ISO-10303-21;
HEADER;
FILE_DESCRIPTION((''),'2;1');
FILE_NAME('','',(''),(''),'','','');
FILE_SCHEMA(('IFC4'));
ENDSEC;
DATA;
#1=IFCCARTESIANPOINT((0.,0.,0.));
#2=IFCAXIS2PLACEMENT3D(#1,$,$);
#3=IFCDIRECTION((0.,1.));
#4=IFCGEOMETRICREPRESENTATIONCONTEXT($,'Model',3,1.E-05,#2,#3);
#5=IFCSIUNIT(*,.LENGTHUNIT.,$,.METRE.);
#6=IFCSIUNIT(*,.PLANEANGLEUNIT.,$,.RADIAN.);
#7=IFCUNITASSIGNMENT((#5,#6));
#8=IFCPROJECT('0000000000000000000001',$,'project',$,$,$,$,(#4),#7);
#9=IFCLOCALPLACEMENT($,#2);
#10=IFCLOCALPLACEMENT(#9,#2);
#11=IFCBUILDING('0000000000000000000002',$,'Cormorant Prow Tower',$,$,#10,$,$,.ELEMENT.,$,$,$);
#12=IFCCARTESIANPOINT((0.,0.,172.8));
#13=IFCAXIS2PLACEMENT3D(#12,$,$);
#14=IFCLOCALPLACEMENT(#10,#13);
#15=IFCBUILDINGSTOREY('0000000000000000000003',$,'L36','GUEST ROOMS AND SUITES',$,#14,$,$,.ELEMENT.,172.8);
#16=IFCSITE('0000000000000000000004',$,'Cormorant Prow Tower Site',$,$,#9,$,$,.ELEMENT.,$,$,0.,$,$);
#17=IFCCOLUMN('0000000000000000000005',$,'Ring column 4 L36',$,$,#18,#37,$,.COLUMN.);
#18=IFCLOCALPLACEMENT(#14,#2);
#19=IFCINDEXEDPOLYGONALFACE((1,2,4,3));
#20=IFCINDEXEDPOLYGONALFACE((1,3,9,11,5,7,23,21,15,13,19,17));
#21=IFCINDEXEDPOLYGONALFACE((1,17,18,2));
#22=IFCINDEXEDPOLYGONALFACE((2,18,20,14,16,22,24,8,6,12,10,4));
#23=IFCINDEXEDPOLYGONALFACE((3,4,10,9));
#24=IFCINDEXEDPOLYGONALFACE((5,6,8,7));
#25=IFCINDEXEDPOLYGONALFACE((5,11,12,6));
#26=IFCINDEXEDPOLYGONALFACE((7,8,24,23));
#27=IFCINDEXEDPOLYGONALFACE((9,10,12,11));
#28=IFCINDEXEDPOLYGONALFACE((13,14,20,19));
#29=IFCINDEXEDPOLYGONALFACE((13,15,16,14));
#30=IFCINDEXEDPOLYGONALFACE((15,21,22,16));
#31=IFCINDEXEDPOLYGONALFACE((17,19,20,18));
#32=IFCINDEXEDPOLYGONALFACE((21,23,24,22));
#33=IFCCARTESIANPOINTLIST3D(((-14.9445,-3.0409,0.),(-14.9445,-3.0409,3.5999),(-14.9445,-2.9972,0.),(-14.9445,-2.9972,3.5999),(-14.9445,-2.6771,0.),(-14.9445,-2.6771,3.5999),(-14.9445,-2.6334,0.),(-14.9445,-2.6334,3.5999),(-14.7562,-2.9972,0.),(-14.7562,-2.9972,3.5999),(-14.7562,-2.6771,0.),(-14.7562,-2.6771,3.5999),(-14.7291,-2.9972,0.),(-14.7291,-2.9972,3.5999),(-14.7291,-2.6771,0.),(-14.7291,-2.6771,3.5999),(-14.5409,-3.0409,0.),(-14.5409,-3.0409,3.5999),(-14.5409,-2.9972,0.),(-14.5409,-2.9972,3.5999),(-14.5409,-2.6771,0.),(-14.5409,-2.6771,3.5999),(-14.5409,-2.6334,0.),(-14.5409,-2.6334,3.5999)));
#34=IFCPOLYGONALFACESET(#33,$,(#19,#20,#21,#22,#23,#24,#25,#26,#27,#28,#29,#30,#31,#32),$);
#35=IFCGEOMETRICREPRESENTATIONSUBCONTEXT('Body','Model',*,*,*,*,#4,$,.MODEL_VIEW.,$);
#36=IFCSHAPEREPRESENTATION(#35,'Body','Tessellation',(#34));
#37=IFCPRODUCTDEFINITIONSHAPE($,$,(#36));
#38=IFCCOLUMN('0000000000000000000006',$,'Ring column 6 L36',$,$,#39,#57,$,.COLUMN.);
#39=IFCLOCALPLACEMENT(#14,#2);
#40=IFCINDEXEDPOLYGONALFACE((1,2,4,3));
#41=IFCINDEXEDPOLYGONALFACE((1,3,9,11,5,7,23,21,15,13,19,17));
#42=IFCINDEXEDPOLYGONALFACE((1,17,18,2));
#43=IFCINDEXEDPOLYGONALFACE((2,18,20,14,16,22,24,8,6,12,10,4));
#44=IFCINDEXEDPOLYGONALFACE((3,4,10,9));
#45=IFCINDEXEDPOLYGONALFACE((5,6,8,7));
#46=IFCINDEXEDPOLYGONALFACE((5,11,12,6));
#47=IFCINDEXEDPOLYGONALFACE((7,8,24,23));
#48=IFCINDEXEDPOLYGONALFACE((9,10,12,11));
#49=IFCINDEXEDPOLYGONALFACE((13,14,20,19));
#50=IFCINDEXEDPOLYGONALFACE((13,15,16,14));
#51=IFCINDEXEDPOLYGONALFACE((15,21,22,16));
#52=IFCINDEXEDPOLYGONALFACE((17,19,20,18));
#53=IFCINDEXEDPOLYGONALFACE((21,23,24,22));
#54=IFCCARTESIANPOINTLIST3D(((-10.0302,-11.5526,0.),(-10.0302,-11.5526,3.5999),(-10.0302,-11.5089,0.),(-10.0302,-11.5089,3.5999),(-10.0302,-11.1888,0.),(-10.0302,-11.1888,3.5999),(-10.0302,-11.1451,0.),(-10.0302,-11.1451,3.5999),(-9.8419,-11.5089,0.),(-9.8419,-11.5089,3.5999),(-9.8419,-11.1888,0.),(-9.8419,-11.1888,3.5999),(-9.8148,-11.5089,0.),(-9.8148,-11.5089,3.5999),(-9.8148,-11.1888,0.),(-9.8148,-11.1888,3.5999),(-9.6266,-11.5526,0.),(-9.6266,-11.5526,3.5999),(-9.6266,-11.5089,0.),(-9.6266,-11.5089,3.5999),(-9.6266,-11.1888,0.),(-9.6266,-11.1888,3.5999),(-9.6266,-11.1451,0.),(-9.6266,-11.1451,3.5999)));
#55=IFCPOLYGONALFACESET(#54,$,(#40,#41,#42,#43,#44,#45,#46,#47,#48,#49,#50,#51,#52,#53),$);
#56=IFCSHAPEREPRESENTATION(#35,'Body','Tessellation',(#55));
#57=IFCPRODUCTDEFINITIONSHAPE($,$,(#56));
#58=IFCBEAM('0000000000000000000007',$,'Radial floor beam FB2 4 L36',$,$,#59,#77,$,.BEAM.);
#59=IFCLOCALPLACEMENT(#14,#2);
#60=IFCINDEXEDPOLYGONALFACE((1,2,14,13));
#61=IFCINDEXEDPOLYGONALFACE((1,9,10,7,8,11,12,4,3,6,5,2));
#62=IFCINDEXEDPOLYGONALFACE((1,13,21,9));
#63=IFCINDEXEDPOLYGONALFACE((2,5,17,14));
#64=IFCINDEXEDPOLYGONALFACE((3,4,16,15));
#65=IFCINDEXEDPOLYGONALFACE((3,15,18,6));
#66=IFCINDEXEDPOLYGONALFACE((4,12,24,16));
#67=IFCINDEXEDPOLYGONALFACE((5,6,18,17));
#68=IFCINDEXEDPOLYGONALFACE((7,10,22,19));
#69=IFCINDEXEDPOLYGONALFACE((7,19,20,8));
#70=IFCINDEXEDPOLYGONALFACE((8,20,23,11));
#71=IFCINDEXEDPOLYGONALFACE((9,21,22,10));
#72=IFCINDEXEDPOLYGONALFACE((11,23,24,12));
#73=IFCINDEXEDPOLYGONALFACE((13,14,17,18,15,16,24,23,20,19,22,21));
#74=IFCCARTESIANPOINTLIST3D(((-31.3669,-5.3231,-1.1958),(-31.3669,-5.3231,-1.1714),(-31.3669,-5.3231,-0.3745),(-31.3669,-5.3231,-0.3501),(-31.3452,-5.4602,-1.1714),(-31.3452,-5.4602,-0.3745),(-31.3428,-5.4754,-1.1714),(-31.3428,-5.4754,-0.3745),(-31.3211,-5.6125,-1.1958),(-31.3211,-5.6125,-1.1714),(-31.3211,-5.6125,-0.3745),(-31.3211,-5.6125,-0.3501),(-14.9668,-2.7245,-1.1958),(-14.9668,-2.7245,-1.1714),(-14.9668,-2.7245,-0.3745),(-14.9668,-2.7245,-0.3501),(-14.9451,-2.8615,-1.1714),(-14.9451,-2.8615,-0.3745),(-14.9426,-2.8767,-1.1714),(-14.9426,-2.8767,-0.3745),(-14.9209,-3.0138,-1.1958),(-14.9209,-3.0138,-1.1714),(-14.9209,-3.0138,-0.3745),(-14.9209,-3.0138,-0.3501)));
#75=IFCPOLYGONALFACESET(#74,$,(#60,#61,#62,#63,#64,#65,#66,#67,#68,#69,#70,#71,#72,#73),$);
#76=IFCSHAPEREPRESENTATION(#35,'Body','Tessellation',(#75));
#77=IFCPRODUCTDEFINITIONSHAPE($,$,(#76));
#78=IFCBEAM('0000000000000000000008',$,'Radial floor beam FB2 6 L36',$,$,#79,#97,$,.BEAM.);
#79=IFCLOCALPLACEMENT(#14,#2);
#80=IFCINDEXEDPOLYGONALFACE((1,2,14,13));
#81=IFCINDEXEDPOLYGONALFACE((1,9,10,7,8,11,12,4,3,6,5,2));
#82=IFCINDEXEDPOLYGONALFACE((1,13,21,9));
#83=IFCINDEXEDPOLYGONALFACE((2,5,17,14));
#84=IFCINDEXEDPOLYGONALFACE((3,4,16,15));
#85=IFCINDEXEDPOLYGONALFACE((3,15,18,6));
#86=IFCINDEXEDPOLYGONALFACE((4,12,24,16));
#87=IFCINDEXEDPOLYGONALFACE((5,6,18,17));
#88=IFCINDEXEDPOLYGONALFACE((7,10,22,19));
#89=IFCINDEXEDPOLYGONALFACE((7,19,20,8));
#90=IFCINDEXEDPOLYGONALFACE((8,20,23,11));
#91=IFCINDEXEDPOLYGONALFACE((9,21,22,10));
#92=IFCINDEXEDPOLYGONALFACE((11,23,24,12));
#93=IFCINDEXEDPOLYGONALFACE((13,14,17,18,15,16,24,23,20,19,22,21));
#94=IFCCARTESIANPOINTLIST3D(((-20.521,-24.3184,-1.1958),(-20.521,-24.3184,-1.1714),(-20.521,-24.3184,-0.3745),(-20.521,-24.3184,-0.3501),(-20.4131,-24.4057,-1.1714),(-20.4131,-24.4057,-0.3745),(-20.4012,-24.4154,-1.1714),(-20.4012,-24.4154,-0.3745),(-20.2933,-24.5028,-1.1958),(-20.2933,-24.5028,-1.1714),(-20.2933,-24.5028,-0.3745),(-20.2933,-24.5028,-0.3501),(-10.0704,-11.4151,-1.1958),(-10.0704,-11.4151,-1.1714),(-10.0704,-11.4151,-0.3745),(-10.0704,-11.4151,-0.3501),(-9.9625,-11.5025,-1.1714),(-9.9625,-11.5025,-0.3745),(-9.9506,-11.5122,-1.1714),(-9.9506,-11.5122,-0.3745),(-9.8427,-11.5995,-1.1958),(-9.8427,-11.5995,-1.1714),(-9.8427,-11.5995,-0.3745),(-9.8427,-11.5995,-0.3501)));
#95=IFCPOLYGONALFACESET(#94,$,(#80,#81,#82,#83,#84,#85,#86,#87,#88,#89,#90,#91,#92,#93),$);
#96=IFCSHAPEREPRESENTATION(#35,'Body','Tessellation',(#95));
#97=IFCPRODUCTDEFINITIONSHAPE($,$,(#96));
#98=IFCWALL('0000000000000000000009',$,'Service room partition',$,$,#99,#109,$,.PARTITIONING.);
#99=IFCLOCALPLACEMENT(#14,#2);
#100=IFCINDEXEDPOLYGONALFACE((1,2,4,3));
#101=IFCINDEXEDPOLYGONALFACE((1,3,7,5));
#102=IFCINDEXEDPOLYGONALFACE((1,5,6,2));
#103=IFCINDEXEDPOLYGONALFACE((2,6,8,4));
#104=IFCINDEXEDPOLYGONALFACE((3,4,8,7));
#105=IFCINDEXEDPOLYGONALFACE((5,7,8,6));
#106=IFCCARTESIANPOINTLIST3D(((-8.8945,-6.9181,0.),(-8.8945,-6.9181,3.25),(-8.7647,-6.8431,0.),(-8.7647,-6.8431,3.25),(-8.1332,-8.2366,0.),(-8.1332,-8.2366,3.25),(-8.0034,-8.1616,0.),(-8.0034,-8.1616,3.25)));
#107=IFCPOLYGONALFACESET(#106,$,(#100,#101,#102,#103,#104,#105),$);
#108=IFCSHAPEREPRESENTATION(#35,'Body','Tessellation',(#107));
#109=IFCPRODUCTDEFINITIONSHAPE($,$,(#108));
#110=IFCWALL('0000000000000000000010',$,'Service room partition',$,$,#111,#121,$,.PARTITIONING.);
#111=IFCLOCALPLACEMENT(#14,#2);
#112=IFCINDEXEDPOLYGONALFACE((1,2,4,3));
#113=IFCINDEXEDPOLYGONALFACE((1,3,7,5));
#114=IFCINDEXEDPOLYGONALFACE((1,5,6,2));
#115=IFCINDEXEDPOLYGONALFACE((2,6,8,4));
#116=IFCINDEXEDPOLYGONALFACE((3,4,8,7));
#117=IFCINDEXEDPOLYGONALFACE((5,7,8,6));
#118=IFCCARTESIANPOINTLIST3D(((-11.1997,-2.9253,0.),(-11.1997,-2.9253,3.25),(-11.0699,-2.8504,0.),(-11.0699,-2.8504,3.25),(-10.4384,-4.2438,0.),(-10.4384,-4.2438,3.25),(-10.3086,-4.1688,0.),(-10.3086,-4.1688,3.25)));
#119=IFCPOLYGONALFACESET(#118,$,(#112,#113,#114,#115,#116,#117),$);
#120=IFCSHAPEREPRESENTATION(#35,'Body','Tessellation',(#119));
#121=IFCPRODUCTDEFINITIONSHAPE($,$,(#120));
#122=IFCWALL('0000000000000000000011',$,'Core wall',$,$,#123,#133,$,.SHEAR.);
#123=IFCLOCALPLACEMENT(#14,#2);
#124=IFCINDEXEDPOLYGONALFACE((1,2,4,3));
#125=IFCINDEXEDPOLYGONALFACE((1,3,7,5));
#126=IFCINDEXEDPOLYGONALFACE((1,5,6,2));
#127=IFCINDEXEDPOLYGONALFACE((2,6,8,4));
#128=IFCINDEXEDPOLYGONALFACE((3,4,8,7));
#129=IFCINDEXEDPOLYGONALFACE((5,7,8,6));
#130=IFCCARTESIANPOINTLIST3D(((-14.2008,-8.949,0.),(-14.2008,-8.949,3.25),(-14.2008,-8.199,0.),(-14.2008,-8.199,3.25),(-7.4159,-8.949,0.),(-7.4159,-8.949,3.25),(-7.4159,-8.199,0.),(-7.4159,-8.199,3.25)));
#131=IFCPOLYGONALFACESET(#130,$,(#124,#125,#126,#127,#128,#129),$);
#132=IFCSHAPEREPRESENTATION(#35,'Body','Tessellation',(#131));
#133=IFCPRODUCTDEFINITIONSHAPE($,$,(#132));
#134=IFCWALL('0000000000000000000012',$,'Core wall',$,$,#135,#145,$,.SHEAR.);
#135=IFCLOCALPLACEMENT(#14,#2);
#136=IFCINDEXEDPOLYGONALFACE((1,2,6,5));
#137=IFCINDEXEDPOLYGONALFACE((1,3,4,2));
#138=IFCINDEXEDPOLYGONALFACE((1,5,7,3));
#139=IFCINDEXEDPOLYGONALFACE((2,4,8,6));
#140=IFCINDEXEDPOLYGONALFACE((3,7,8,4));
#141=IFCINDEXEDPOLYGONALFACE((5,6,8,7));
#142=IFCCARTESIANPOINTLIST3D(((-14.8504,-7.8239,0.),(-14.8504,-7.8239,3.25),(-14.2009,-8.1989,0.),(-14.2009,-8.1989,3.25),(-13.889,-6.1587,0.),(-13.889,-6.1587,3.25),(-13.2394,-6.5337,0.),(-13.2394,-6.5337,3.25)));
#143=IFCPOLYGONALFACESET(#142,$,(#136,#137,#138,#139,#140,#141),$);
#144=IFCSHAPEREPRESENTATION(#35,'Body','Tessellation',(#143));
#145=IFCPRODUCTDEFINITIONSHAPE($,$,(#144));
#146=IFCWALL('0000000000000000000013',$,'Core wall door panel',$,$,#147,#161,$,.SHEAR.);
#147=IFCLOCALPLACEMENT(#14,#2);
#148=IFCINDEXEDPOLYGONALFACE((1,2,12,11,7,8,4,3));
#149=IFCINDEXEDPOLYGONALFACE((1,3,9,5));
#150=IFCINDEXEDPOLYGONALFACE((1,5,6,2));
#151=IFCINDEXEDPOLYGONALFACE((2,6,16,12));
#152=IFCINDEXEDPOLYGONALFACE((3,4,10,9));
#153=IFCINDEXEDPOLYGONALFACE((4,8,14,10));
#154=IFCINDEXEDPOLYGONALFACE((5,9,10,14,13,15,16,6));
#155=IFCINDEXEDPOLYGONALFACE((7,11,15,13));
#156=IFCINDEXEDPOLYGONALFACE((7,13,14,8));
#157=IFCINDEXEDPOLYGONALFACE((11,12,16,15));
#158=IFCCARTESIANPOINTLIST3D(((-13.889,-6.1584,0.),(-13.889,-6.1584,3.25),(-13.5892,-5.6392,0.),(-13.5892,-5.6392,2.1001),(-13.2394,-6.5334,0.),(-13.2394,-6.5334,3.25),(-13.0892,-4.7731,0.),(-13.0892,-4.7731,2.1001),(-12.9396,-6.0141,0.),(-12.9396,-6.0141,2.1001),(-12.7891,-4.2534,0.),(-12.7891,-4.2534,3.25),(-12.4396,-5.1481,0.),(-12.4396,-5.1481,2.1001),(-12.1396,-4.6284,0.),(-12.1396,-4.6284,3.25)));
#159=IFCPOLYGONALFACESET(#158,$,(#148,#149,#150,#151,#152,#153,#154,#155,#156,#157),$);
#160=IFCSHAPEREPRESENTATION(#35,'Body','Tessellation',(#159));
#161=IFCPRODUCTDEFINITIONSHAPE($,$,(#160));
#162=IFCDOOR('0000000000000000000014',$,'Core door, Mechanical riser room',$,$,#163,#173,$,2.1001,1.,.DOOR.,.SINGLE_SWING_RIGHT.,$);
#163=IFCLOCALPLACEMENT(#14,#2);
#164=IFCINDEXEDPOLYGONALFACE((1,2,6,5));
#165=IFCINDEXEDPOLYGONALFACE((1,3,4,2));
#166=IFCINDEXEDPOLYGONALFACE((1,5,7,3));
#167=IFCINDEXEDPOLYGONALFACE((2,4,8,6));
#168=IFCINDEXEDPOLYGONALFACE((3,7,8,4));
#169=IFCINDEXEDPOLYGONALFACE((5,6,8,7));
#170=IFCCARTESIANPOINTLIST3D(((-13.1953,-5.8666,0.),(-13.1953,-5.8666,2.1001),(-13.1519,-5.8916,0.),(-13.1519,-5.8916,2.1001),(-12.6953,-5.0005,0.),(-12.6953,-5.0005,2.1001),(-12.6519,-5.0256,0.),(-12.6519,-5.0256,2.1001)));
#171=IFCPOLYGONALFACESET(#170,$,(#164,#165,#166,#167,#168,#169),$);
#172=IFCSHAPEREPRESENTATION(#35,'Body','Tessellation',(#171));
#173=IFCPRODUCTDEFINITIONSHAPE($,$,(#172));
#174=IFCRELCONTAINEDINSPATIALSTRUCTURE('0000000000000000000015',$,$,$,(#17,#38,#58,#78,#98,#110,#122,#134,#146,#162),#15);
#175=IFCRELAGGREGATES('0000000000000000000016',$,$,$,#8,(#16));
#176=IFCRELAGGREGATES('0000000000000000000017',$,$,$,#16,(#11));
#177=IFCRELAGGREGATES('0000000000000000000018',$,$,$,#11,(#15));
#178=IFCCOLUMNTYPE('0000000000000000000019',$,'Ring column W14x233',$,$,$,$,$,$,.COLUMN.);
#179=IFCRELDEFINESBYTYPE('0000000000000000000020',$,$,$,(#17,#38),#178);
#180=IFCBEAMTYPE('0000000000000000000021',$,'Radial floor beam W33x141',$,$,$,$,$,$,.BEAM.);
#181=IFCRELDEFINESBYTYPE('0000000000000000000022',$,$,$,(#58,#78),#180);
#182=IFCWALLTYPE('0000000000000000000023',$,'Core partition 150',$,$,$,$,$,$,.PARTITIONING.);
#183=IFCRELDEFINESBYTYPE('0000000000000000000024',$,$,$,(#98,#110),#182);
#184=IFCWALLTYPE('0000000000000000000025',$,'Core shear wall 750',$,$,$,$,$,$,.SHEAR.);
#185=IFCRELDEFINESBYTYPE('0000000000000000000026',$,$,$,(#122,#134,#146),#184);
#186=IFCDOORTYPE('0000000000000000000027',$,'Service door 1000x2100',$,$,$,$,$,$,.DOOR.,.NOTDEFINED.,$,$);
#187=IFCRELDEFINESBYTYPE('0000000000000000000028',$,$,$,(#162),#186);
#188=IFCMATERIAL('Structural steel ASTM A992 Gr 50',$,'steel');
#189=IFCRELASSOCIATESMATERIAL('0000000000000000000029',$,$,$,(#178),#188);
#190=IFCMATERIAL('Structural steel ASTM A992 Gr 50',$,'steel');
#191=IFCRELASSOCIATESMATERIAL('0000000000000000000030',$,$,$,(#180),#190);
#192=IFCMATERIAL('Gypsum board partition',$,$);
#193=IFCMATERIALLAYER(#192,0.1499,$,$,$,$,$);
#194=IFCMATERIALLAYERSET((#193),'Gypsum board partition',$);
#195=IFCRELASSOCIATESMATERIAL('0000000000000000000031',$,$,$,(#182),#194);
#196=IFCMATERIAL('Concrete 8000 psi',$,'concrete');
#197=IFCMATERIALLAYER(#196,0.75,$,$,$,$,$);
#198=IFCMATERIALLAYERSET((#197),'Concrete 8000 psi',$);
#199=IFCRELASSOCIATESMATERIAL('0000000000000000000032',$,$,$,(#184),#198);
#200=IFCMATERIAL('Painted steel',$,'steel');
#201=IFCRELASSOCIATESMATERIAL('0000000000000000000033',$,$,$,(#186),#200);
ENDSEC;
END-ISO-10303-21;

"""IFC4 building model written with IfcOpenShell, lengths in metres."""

from ifc_helpers import new_model, si_unit, direction, frame, frame_2d, origin, origin_2d, place, context, subcontext, project, spatial, rectangle, i_section, extrude, material, layer, layer_set, material_profile, profile_set, type_object, element, fill, save


model = new_model("IFC4")

# Units and contexts
model_context = context("Model", 3, precision=1e-05, world=origin(), true_north=direction((0.0, 1.0)))
body_context = subcontext(model_context, "Body", "Model", "MODEL_VIEW")
ifc_project = project(units=[si_unit("LENGTHUNIT", "METRE"), si_unit("PLANEANGLEUNIT", "RADIAN")], contexts=[model_context])

# Site, building, storey
site_placement = place(None, origin())
site = spatial("IfcSite", under=ifc_project, at=site_placement, Name="Cormorant Prow Tower Site", CompositionType="ELEMENT", RefElevation=0.0)
building_placement = place(site_placement, origin())
building = spatial("IfcBuilding", under=site, at=building_placement, Name="Cormorant Prow Tower", CompositionType="ELEMENT")
storey_placement = place(building_placement, frame((0.0, 0.0, 172.8)))
storey = spatial("IfcBuildingStorey", under=building, at=storey_placement, Name="L36", Description="GUEST ROOMS AND SUITES", CompositionType="ELEMENT", Elevation=172.8)

# Columns
ifc_material_1 = material(Name="Structural steel ASTM A992 Gr 50", Category="steel")
ifc_material_profile_1 = material_profile(ifc_material_1, i_section(OverallWidth=0.4036, OverallDepth=0.4075, WebThickness=0.0271, FlangeThickness=0.0437, at=origin_2d()), Name="W14x233")
ifc_profile_set_1 = profile_set([ifc_material_profile_1], Name="Structural steel ASTM A992 Gr 50")
column_type = type_object("IfcColumnType", Name="Ring column W14x233", PredefinedType="COLUMN", material=ifc_profile_set_1)
for number, where, z_axis, x_axis, name in (
    (1, (-14.7427, -2.8372, 0.0), (0.0, 0.0, 1.0), (1.0, 0.0, 0.0), "Ring column 4 L36"),
    (2, (-9.8284, -11.3489, 0.0), (0.0, 0.0, 1.0), (1.0, 0.0, 0.0), "Ring column 6 L36"),
):
    element("IfcColumn", number, at=place(storey_placement, frame(where, z_axis=z_axis, x_axis=x_axis)), inside=storey, type_object=column_type, Name=name, PredefinedType="COLUMN", context=body_context, shape_type="SweptSolid", body=[
        extrude(i_section(OverallWidth=0.4036, OverallDepth=0.4075, WebThickness=0.0271, FlangeThickness=0.0437, at=origin_2d()), origin(), (0.0, 0.0, 1.0), 3.5999),
    ])

# Beams
ifc_material_2 = material(Name="Structural steel ASTM A992 Gr 50", Category="steel")
ifc_material_profile_2 = material_profile(ifc_material_2, i_section(OverallWidth=0.293, OverallDepth=0.8457, WebThickness=0.0154, FlangeThickness=0.0244, at=origin_2d()), Name="W33x141")
ifc_profile_set_2 = profile_set([ifc_material_profile_2], Name="Structural steel ASTM A992 Gr 50")
beam_type = type_object("IfcBeamType", Name="Radial floor beam W33x141", PredefinedType="BEAM", material=ifc_profile_set_2)
beam_1_placement = place(storey_placement, frame((-14.9438, -2.8691, -0.7729), z_axis=(-0.987678, -0.156499, 0.0), x_axis=(0.156499, -0.987678, 0.0)))
element("IfcBeam", 3, at=beam_1_placement, inside=storey, type_object=beam_type, Name="Radial floor beam FB2 4 L36", PredefinedType="BEAM", context=body_context, shape_type="SweptSolid", body=[
    extrude(i_section(OverallWidth=0.293, OverallDepth=0.8457, WebThickness=0.0154, FlangeThickness=0.0244, at=origin_2d()), origin(), (0.0, 0.0, 1.0), 16.6047),
])
beam_2_placement = place(storey_placement, frame((-9.9565, -11.5073, -0.7729), z_axis=(-0.629385, -0.777094, 0.0), x_axis=(0.777094, -0.629385, 0.0)))
element("IfcBeam", 4, at=beam_2_placement, inside=storey, type_object=beam_type, Name="Radial floor beam FB2 6 L36", PredefinedType="BEAM", context=body_context, shape_type="SweptSolid", body=[
    extrude(i_section(OverallWidth=0.293, OverallDepth=0.8457, WebThickness=0.0154, FlangeThickness=0.0244, at=origin_2d()), origin(), (0.0, 0.0, 1.0), 16.6045),
])

# Walls
ifc_material_3 = material(Name="Gypsum board partition")
ifc_layer_1 = layer(ifc_material_3, 0.1499)
ifc_layer_set_1 = layer_set([ifc_layer_1], Name="Gypsum board partition")
wall_type_1 = type_object("IfcWallType", Name="Core partition 150", PredefinedType="PARTITIONING", material=ifc_layer_set_1)
for number, where, z_axis, x_axis, name in (
    (5, (-8.8296, -6.8806, 0.0), (0.0, 0.0, 1.0), (0.500037, -0.866004, 0.0), "Service room partition"),
    (6, (-10.3735, -4.2063, 0.0), (0.0, 0.0, 1.0), (-0.500037, 0.866004, 0.0), "Service room partition"),
):
    element("IfcWall", number, at=place(storey_placement, frame(where, z_axis=z_axis, x_axis=x_axis)), inside=storey, type_object=wall_type_1, Name=name, PredefinedType="PARTITIONING", context=body_context, shape_type="SweptSolid", body=[
        extrude(rectangle(XDim=1.5225, YDim=0.1499, at=frame_2d((0.7612, 0.0))), origin(), (0.0, 0.0, 1.0), 3.25),
    ])
ifc_material_4 = material(Name="Concrete 8000 psi", Category="concrete")
ifc_layer_2 = layer(ifc_material_4, 0.75)
ifc_layer_set_2 = layer_set([ifc_layer_2], Name="Concrete 8000 psi")
wall_type_2 = type_object("IfcWallType", Name="Core shear wall 750", PredefinedType="SHEAR", material=ifc_layer_set_2)
wall_1_placement = place(storey_placement, frame((-14.2009, -8.574, 0.0), z_axis=(0.0, 0.0, 1.0), x_axis=(1.0, 0.0, 0.0)))
element("IfcWall", 7, at=wall_1_placement, inside=storey, type_object=wall_type_2, Name="Core wall", PredefinedType="SHEAR", context=body_context, shape_type="SweptSolid", body=[
    extrude(rectangle(XDim=6.7849, YDim=0.75, at=frame_2d((3.3926, 0.0))), origin(), (0.0, 0.0, 1.0), 3.25),
])
wall_2_placement = place(storey_placement, frame((-13.5642, -6.3462, 0.0), z_axis=(0.0, 0.0, 1.0), x_axis=(-0.49999, -0.866031, 0.0)))
element("IfcWall", 8, at=wall_2_placement, inside=storey, type_object=wall_type_2, Name="Core wall", PredefinedType="SHEAR", context=body_context, shape_type="SweptSolid", body=[
    extrude(rectangle(XDim=1.9229, YDim=0.75, at=frame_2d((0.9614, 0.0))), origin(), (0.0, 0.0, 1.0), 3.25),
])

# Wall, opening, door
wall_3_placement = place(storey_placement, frame((-12.4644, -4.4409, 0.0), z_axis=(0.0, 0.0, 1.0), x_axis=(-0.499995, -0.866028, 0.0)))
wall_3 = element("IfcWall", 9, at=wall_3_placement, inside=storey, type_object=wall_type_2, Name="Core wall door panel", PredefinedType="SHEAR", context=body_context, shape_type="SweptSolid", body=[
    extrude(rectangle(XDim=2.1997, YDim=0.75, at=frame_2d((1.0999, 0.0))), origin(), (0.0, 0.0, 1.0), 3.25),
])
opening_1_placement = place(wall_3_placement, frame((0.6001, 0.0, 0.0)))
opening_1 = element("IfcOpeningElement", 10, at=opening_1_placement, cuts=wall_3, PredefinedType="OPENING", context=body_context, shape_type="SweptSolid", body=[
    extrude(rectangle(XDim=1.0, YDim=2.1001, at=frame_2d((0.5, 1.05))), frame((0.0, 0.385, 0.0), z_axis=(0.0, -1.0, 0.0), x_axis=(1.0, 0.0, 0.0)), (0.0, 0.0, 1.0), 0.77),
])
ifc_material_5 = material(Name="Painted steel", Category="steel")
door_type_1 = type_object("IfcDoorType", Name="Service door 1000x2100", OperationType="NOTDEFINED", PredefinedType="DOOR", material=ifc_material_5)
door_1_placement = place(opening_1_placement, origin())
door_1 = element("IfcDoor", 11, at=door_1_placement, inside=storey, type_object=door_type_1, Name="Core door, Mechanical riser room", OperationType="SINGLE_SWING_RIGHT", OverallHeight=2.1001, OverallWidth=1.0, PredefinedType="DOOR", context=body_context, shape_type="SweptSolid", body=[
    extrude(rectangle(XDim=1.0, YDim=2.1001, at=frame_2d((0.5, 1.05))), frame((0.0, 0.1299, 0.0), z_axis=(0.0, -1.0, 0.0), x_axis=(1.0, 0.0, 0.0)), (0.0, 0.0, 1.0), 0.05),
])
fill(opening_1, door_1)

save(model, "model.ifc")
